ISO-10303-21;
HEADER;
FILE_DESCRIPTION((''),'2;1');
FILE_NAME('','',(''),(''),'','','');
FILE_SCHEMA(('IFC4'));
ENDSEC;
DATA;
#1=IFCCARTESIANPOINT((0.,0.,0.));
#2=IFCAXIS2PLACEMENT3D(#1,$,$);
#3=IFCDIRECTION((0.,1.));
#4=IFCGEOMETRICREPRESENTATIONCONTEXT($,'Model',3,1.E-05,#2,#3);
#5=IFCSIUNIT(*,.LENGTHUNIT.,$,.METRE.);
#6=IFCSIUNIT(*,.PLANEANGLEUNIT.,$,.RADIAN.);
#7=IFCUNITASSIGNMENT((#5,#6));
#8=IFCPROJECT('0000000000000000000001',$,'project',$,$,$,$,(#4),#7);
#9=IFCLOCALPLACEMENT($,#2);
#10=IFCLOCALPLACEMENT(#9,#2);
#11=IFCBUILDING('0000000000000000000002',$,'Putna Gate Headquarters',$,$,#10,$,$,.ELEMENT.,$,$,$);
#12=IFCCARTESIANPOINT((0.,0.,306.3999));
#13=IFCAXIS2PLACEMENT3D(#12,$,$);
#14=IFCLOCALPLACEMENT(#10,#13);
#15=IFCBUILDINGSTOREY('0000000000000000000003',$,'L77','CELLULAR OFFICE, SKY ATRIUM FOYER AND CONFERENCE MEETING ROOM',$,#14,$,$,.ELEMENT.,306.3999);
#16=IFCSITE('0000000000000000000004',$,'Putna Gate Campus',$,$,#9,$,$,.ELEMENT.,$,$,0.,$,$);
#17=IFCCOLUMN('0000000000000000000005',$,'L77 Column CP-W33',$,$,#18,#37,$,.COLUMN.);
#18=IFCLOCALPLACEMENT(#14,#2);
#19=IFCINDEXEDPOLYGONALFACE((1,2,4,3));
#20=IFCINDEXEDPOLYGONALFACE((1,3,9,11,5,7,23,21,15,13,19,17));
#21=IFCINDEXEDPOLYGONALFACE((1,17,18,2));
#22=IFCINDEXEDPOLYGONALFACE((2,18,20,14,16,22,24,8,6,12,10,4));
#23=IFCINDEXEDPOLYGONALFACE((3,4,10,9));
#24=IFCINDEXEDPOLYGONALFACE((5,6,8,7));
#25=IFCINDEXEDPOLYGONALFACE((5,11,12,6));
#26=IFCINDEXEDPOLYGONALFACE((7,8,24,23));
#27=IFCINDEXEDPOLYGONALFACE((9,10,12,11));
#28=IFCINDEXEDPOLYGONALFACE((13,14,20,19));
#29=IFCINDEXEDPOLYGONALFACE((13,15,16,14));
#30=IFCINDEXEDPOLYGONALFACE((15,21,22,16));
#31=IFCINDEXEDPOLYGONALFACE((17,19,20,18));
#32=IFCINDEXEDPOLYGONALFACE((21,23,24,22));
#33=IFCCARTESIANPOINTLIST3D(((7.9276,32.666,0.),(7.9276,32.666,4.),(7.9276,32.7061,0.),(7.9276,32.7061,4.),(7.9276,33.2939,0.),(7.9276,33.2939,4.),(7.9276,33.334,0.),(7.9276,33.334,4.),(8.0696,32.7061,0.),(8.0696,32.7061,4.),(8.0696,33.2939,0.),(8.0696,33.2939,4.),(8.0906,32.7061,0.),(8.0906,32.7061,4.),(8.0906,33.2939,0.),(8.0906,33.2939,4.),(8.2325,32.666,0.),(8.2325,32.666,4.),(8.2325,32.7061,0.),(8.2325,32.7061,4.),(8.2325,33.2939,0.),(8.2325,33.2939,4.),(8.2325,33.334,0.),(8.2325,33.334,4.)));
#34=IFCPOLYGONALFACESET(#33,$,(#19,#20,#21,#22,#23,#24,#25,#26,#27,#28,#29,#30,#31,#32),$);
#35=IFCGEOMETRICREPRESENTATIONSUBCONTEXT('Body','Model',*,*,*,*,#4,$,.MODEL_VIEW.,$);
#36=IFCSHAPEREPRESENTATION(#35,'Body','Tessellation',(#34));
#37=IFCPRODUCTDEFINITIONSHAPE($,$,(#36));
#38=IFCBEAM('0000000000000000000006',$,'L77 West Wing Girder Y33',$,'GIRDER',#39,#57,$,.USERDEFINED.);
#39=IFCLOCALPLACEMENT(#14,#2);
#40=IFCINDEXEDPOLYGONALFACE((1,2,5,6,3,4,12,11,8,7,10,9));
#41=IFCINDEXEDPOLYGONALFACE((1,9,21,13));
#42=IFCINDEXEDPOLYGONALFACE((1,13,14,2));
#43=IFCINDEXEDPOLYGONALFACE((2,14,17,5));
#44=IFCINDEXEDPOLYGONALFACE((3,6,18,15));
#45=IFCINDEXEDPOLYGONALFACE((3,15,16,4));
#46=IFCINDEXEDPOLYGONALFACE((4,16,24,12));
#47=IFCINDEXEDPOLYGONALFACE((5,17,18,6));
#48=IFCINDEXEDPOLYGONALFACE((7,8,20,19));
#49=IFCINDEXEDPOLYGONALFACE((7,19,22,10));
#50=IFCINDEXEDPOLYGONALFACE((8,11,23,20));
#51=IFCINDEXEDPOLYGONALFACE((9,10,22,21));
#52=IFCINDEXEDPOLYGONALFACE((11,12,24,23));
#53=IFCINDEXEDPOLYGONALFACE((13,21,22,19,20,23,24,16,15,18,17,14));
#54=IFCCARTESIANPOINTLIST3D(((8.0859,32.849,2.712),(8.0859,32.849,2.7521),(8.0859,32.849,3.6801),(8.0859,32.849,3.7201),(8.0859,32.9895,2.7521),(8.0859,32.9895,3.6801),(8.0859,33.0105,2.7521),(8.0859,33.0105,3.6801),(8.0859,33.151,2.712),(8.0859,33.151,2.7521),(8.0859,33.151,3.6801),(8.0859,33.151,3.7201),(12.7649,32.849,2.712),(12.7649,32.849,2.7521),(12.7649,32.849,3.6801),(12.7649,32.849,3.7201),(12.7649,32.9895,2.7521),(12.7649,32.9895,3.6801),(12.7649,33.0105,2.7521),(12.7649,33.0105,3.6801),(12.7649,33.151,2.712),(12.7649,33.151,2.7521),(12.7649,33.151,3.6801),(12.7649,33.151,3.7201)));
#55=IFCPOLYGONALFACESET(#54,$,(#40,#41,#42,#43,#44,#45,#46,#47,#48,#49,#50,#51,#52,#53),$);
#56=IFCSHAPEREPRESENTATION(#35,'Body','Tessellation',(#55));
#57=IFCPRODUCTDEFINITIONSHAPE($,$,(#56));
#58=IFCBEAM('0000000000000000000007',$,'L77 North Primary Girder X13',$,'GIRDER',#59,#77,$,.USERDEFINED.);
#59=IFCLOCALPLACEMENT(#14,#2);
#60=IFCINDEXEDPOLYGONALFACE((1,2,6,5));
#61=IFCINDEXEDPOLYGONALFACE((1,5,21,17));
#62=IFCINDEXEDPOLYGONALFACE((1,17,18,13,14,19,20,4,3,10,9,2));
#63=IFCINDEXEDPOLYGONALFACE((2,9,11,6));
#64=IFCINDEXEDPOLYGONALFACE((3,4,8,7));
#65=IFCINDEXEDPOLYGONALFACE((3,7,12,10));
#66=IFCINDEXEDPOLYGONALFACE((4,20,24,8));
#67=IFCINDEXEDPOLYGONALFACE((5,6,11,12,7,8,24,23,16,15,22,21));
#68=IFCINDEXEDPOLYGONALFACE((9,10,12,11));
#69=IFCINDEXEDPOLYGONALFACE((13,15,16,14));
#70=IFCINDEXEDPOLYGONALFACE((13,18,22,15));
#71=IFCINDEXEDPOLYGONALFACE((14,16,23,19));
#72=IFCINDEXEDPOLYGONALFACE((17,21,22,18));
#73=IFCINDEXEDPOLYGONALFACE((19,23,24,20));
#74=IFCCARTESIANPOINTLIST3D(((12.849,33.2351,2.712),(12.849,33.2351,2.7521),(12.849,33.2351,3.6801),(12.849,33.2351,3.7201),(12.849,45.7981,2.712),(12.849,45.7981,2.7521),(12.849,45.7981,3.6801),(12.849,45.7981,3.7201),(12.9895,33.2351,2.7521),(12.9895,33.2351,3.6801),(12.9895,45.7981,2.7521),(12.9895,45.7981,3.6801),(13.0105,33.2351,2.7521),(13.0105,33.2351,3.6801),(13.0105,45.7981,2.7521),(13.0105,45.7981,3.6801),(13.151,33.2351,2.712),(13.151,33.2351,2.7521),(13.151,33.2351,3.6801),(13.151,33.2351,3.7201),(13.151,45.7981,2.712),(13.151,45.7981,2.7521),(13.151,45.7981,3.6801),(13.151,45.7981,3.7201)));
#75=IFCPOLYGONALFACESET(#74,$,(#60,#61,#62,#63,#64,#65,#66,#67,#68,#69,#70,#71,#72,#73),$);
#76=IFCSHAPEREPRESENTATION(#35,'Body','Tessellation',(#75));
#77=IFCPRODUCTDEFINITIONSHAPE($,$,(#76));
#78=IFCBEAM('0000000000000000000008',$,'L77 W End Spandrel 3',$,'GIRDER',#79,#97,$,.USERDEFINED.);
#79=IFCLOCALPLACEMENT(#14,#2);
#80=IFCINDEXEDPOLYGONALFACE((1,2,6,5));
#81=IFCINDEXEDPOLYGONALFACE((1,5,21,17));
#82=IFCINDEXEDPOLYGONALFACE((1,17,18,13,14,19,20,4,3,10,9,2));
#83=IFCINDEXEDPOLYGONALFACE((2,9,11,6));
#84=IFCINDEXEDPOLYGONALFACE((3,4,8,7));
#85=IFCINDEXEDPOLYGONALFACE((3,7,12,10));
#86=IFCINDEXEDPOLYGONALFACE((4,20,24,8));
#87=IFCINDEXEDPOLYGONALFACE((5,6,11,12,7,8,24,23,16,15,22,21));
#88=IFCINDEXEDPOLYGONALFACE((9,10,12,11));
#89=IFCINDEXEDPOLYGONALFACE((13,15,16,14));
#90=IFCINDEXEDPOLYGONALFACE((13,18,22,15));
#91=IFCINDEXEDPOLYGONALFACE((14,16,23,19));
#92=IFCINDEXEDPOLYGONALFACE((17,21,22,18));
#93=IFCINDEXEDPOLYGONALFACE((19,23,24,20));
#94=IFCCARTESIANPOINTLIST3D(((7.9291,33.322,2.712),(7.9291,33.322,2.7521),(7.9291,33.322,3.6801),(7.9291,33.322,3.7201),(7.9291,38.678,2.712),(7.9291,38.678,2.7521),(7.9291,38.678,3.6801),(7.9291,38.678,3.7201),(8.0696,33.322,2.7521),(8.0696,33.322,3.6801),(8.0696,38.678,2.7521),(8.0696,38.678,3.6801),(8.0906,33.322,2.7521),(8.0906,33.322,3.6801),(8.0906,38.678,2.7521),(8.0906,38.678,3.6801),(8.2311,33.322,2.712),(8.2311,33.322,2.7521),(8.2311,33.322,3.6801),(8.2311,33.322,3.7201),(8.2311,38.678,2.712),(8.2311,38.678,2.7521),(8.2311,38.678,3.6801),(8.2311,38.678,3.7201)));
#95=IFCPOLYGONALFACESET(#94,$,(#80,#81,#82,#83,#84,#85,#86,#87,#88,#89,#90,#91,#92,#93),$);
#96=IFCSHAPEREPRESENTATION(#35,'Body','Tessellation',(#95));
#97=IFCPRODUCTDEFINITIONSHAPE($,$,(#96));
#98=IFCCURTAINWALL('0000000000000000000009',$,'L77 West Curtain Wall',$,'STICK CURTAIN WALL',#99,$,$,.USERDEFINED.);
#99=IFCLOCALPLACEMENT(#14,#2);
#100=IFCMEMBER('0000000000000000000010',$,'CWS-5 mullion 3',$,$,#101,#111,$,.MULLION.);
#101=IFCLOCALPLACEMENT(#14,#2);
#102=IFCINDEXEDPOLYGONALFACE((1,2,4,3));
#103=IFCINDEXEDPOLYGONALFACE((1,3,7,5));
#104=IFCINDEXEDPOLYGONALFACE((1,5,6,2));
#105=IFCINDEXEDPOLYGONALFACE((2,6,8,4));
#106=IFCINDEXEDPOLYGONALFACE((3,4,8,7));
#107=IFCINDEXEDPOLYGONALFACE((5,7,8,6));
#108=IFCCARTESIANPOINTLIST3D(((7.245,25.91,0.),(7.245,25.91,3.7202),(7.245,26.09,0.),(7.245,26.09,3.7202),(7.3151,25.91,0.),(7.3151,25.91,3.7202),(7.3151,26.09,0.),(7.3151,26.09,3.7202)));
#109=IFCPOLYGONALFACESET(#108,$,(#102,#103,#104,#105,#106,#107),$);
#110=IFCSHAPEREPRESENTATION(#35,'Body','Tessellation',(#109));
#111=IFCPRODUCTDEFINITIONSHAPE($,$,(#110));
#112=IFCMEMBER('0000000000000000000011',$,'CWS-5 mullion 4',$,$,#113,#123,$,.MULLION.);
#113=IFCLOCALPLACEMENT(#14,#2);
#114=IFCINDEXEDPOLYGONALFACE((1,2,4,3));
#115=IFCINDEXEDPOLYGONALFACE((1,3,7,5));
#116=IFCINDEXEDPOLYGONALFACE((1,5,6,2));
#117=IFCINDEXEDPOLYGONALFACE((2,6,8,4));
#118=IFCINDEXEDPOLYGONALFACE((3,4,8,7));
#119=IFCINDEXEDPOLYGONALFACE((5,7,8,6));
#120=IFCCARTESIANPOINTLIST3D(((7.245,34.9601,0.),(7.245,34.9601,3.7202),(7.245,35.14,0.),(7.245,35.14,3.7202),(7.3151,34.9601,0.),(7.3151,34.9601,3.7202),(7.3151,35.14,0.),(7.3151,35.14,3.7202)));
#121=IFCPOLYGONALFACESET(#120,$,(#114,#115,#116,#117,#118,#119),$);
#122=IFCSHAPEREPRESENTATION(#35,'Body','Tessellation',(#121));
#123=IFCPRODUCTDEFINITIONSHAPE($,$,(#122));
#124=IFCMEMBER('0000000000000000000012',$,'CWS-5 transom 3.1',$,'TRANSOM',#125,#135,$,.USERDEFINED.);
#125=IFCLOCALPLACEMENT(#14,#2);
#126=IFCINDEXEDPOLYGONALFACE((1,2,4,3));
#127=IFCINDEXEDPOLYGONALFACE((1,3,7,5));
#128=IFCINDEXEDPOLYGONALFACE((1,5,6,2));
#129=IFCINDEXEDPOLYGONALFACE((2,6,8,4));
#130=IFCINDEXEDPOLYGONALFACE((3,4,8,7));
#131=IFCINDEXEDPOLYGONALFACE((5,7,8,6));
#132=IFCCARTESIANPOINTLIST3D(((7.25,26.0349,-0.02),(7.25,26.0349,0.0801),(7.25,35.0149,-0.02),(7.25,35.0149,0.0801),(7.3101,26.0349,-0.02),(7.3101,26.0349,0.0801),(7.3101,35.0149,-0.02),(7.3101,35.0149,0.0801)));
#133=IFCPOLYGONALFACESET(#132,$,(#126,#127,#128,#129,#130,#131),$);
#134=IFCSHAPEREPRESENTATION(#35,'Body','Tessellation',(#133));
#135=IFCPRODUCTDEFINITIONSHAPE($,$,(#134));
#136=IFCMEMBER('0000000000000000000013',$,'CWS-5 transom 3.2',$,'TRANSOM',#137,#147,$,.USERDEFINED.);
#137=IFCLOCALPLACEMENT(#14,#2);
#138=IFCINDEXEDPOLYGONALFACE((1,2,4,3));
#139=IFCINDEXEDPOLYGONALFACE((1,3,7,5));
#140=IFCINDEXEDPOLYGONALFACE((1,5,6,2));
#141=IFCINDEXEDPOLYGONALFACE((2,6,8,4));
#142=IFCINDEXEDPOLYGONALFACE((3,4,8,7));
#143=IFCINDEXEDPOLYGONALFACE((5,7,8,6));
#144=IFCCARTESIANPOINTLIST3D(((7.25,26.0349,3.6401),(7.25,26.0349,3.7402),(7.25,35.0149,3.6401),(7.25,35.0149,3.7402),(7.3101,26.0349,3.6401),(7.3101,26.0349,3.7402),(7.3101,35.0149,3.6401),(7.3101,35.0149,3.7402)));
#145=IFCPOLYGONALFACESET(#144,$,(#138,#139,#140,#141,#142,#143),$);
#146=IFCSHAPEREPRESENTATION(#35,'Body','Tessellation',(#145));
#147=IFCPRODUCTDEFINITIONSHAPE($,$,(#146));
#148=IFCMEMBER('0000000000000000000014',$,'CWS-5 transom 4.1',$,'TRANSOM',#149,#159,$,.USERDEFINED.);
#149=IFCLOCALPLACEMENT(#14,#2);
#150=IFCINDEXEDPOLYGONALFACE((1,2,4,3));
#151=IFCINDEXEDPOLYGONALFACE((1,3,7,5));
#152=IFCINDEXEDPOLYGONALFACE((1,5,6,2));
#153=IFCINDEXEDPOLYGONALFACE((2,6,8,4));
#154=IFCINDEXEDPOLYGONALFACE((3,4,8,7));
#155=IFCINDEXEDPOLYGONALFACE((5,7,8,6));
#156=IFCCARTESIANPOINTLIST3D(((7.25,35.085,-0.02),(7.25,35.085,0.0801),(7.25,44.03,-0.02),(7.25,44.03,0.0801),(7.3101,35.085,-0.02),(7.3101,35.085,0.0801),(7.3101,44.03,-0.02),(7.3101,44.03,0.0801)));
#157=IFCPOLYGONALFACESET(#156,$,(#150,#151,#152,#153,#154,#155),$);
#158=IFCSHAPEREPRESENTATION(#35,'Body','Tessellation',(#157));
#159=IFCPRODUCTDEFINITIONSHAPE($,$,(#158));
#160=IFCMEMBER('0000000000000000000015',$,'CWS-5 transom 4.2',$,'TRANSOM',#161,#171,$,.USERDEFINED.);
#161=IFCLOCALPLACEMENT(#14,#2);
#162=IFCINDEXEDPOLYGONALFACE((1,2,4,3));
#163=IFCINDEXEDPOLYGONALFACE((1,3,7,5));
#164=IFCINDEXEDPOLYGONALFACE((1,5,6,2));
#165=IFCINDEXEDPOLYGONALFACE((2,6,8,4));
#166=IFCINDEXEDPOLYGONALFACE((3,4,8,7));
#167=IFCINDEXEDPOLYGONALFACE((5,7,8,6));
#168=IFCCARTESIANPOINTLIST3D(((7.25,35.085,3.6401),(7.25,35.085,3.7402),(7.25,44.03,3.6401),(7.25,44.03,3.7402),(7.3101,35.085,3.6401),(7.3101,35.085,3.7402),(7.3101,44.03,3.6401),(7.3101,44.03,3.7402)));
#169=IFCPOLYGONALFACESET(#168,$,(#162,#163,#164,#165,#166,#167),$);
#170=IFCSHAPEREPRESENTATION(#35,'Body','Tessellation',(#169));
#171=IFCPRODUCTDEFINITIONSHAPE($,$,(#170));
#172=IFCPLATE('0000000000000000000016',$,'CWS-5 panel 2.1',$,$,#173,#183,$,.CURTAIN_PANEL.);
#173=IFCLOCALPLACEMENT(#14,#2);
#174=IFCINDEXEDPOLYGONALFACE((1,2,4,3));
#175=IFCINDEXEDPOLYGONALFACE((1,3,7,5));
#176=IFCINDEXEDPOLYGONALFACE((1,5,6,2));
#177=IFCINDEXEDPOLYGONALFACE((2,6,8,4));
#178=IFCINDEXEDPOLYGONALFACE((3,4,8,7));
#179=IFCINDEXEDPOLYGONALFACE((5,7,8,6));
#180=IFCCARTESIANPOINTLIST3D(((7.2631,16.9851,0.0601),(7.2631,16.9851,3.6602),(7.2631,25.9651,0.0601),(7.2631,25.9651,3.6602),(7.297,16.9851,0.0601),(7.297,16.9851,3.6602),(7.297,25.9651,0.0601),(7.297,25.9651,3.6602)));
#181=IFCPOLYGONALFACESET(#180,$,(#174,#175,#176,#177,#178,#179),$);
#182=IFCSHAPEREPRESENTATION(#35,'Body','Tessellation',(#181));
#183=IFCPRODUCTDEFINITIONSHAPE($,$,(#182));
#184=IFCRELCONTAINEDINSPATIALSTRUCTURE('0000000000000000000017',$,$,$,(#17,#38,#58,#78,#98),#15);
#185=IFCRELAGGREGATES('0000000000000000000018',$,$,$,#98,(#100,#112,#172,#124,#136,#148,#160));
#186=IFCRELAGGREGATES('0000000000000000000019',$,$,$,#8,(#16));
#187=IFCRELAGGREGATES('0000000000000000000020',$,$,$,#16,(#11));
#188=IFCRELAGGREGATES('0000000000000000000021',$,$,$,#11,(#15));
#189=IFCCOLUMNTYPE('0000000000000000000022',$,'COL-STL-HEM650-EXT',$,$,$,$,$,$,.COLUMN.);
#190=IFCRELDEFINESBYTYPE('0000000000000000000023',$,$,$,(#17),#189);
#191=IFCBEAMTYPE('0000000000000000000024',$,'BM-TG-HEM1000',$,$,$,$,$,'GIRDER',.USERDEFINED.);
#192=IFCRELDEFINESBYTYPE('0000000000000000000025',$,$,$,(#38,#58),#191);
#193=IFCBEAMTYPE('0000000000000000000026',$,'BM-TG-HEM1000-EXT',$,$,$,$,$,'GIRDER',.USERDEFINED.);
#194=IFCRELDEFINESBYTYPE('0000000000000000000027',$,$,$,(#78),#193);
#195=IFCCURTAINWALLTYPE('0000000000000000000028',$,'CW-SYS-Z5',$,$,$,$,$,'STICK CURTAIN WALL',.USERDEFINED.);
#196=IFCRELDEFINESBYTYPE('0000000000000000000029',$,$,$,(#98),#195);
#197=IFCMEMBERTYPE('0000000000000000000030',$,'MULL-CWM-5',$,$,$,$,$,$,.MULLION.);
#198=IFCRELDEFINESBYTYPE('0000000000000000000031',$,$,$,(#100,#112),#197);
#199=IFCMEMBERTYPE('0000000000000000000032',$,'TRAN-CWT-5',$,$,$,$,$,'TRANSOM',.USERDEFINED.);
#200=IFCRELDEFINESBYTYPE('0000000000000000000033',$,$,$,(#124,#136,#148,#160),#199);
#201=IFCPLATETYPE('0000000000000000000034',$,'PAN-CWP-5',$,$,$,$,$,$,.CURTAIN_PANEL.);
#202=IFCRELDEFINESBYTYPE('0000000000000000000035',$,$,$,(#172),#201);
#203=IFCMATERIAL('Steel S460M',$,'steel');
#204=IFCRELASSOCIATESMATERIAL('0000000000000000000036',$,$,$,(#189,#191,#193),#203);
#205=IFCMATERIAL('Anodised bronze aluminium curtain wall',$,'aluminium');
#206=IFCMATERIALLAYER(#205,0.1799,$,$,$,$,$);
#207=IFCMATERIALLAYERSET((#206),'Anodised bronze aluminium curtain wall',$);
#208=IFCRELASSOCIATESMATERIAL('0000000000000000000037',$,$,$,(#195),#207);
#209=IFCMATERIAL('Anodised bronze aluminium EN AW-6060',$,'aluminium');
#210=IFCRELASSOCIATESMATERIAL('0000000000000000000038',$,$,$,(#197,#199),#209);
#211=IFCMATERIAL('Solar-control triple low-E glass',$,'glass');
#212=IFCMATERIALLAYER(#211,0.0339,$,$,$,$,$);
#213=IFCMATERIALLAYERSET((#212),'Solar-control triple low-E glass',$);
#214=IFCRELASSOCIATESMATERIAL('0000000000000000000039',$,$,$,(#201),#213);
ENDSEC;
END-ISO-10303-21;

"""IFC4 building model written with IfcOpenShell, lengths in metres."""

from ifc_helpers import new_model, si_unit, direction, frame, origin, origin_2d, place, context, subcontext, project, spatial, rectangle, i_section, extrude, material, layer, layer_set, material_profile, profile_set, type_object, element, aggregate, save


model = new_model("IFC4")

# Units and contexts
model_context = context("Model", 3, precision=1e-05, world=origin(), true_north=direction((0.0, 1.0)))
body_context = subcontext(model_context, "Body", "Model", "MODEL_VIEW")
ifc_project = project(units=[si_unit("LENGTHUNIT", "METRE"), si_unit("PLANEANGLEUNIT", "RADIAN")], contexts=[model_context])

# Site, building, storey
site_placement = place(None, origin())
site = spatial("IfcSite", under=ifc_project, at=site_placement, Name="Putna Gate Campus", CompositionType="ELEMENT", RefElevation=0.0)
building_placement = place(site_placement, origin())
building = spatial("IfcBuilding", under=site, at=building_placement, Name="Putna Gate Headquarters", CompositionType="ELEMENT")
storey_placement = place(building_placement, frame((0.0, 0.0, 306.3999)))
storey = spatial("IfcBuildingStorey", under=building, at=storey_placement, Name="L77", Description="CELLULAR OFFICE, SKY ATRIUM FOYER AND CONFERENCE MEETING ROOM", CompositionType="ELEMENT", Elevation=306.3999)

# Column
ifc_material_1 = material(Name="Steel S460M", Category="steel")
ifc_material_profile_1 = material_profile(ifc_material_1, i_section(OverallWidth=0.3049, OverallDepth=0.668, WebThickness=0.021, FlangeThickness=0.04, at=origin_2d()), Name="Steel S460M")
ifc_profile_set_1 = profile_set([ifc_material_profile_1], Name="Steel S460M")
column_type = type_object("IfcColumnType", Name="COL-STL-HEM650-EXT", PredefinedType="COLUMN", material=ifc_profile_set_1)
column_placement = place(storey_placement, frame((8.0801, 33.0, 0.0), z_axis=(0.0, 0.0, 1.0), x_axis=(1.0, 0.0, 0.0)))
element("IfcColumn", 1, at=column_placement, inside=storey, type_object=column_type, Name="L77 Column CP-W33", PredefinedType="COLUMN", context=body_context, shape_type="SweptSolid", body=[
    extrude(i_section(OverallWidth=0.3049, OverallDepth=0.668, WebThickness=0.021, FlangeThickness=0.04, at=origin_2d()), origin(), (0.0, 0.0, 1.0), 4.0),
])

# Beams
ifc_material_profile_2 = material_profile(ifc_material_1, i_section(OverallWidth=0.302, OverallDepth=1.0081, WebThickness=0.021, FlangeThickness=0.04, at=origin_2d()), Name="Steel S460M")
ifc_profile_set_2 = profile_set([ifc_material_profile_2], Name="Steel S460M")
beam_type_1 = type_object("IfcBeamType", Name="BM-TG-HEM1000", ElementType="GIRDER", PredefinedType="USERDEFINED", material=ifc_profile_set_2)
beam_1_placement = place(storey_placement, frame((8.0859, 33.0, 3.2161), z_axis=(1.0, 0.0, 0.0), x_axis=(0.0, 1.0, 0.0)))
element("IfcBeam", 2, at=beam_1_placement, inside=storey, type_object=beam_type_1, Name="L77 West Wing Girder Y33", ObjectType="GIRDER", PredefinedType="USERDEFINED", context=body_context, shape_type="SweptSolid", body=[
    extrude(i_section(OverallWidth=0.302, OverallDepth=1.0081, WebThickness=0.021, FlangeThickness=0.04, at=origin_2d()), origin(), (0.0, 0.0, 1.0), 4.679),
])
beam_2_placement = place(storey_placement, frame((13.0, 33.2351, 3.2161), z_axis=(0.0, 1.0, 0.0), x_axis=(-1.0, 0.0, 0.0)))
element("IfcBeam", 3, at=beam_2_placement, inside=storey, type_object=beam_type_1, Name="L77 North Primary Girder X13", ObjectType="GIRDER", PredefinedType="USERDEFINED", context=body_context, shape_type="SweptSolid", body=[
    extrude(i_section(OverallWidth=0.302, OverallDepth=1.0081, WebThickness=0.021, FlangeThickness=0.04, at=origin_2d()), origin(), (0.0, 0.0, 1.0), 12.563),
])
ifc_material_profile_3 = material_profile(ifc_material_1, i_section(OverallWidth=0.302, OverallDepth=1.0081, WebThickness=0.021, FlangeThickness=0.04, at=origin_2d()), Name="Steel S460M")
ifc_profile_set_3 = profile_set([ifc_material_profile_3], Name="Steel S460M")
beam_type_2 = type_object("IfcBeamType", Name="BM-TG-HEM1000-EXT", ElementType="GIRDER", PredefinedType="USERDEFINED", material=ifc_profile_set_3)
beam_3_placement = place(storey_placement, frame((8.0801, 33.322, 3.2161), z_axis=(0.0, 1.0, 0.0), x_axis=(-1.0, 0.0, 0.0)))
element("IfcBeam", 4, at=beam_3_placement, inside=storey, type_object=beam_type_2, Name="L77 W End Spandrel 3", ObjectType="GIRDER", PredefinedType="USERDEFINED", context=body_context, shape_type="SweptSolid", body=[
    extrude(i_section(OverallWidth=0.302, OverallDepth=1.0081, WebThickness=0.021, FlangeThickness=0.04, at=origin_2d()), origin(), (0.0, 0.0, 1.0), 5.356),
])

# Curtain wall, members, plate
ifc_material_2 = material(Name="Anodised bronze aluminium curtain wall", Category="aluminium")
ifc_layer_1 = layer(ifc_material_2, 0.1799)
ifc_layer_set_1 = layer_set([ifc_layer_1], Name="Anodised bronze aluminium curtain wall")
curtain_wall_type = type_object("IfcCurtainWallType", Name="CW-SYS-Z5", ElementType="STICK CURTAIN WALL", PredefinedType="USERDEFINED", material=ifc_layer_set_1)
curtain_wall_placement = place(storey_placement, origin())
curtain_wall = element("IfcCurtainWall", 5, at=curtain_wall_placement, inside=storey, type_object=curtain_wall_type, Name="L77 West Curtain Wall", ObjectType="STICK CURTAIN WALL", PredefinedType="USERDEFINED")
ifc_material_3 = material(Name="Anodised bronze aluminium EN AW-6060", Category="aluminium")
ifc_material_profile_4 = material_profile(ifc_material_3, rectangle(XDim=0.0701, YDim=0.1799, at=origin_2d()), Name="Anodised bronze aluminium EN AW-6060")
ifc_profile_set_4 = profile_set([ifc_material_profile_4], Name="Anodised bronze aluminium EN AW-6060")
member_type_1 = type_object("IfcMemberType", Name="MULL-CWM-5", PredefinedType="MULLION", material=ifc_profile_set_4)
member_1_placement = place(storey_placement, frame((7.28, 26.0, 0.0), z_axis=(0.0, 0.0, 1.0), x_axis=(-1.0, 0.0, 0.0)))
member_1 = element("IfcMember", 6, at=member_1_placement, type_object=member_type_1, Name="CWS-5 mullion 3", PredefinedType="MULLION", context=body_context, shape_type="SweptSolid", body=[
    extrude(rectangle(XDim=0.0701, YDim=0.1799, at=origin_2d()), origin(), (0.0, 0.0, 1.0), 3.7202),
])
member_2_placement = place(storey_placement, frame((7.28, 35.05, 0.0), z_axis=(0.0, 0.0, 1.0), x_axis=(-1.0, 0.0, 0.0)))
member_2 = element("IfcMember", 7, at=member_2_placement, type_object=member_type_1, Name="CWS-5 mullion 4", PredefinedType="MULLION", context=body_context, shape_type="SweptSolid", body=[
    extrude(rectangle(XDim=0.0701, YDim=0.1799, at=origin_2d()), origin(), (0.0, 0.0, 1.0), 3.7202),
])
ifc_material_profile_5 = material_profile(ifc_material_3, rectangle(XDim=0.0601, YDim=0.1001, at=origin_2d()), Name="Anodised bronze aluminium EN AW-6060")
ifc_profile_set_5 = profile_set([ifc_material_profile_5], Name="Anodised bronze aluminium EN AW-6060")
member_type_2 = type_object("IfcMemberType", Name="TRAN-CWT-5", ElementType="TRANSOM", PredefinedType="USERDEFINED", material=ifc_profile_set_5)
member_3_placement = place(storey_placement, frame((7.28, 26.0349, 0.03), z_axis=(0.0, 1.0, 0.0), x_axis=(-1.0, 0.0, 0.0)))
member_3 = element("IfcMember", 8, at=member_3_placement, type_object=member_type_2, Name="CWS-5 transom 3.1", ObjectType="TRANSOM", PredefinedType="USERDEFINED", context=body_context, shape_type="SweptSolid", body=[
    extrude(rectangle(XDim=0.0601, YDim=0.1001, at=origin_2d()), origin(), (0.0, 0.0, 1.0), 8.98),
])
member_4_placement = place(storey_placement, frame((7.28, 26.0349, 3.6902), z_axis=(0.0, 1.0, 0.0), x_axis=(-1.0, 0.0, 0.0)))
member_4 = element("IfcMember", 9, at=member_4_placement, type_object=member_type_2, Name="CWS-5 transom 3.2", ObjectType="TRANSOM", PredefinedType="USERDEFINED", context=body_context, shape_type="SweptSolid", body=[
    extrude(rectangle(XDim=0.0601, YDim=0.1001, at=origin_2d()), origin(), (0.0, 0.0, 1.0), 8.98),
])
member_5_placement = place(storey_placement, frame((7.28, 35.085, 0.03), z_axis=(0.0, 1.0, 0.0), x_axis=(-1.0, 0.0, 0.0)))
member_5 = element("IfcMember", 10, at=member_5_placement, type_object=member_type_2, Name="CWS-5 transom 4.1", ObjectType="TRANSOM", PredefinedType="USERDEFINED", context=body_context, shape_type="SweptSolid", body=[
    extrude(rectangle(XDim=0.0601, YDim=0.1001, at=origin_2d()), origin(), (0.0, 0.0, 1.0), 8.9451),
])
member_6_placement = place(storey_placement, frame((7.28, 35.085, 3.6902), z_axis=(0.0, 1.0, 0.0), x_axis=(-1.0, 0.0, 0.0)))
member_6 = element("IfcMember", 11, at=member_6_placement, type_object=member_type_2, Name="CWS-5 transom 4.2", ObjectType="TRANSOM", PredefinedType="USERDEFINED", context=body_context, shape_type="SweptSolid", body=[
    extrude(rectangle(XDim=0.0601, YDim=0.1001, at=origin_2d()), origin(), (0.0, 0.0, 1.0), 8.9451),
])
ifc_material_4 = material(Name="Solar-control triple low-E glass", Category="glass")
ifc_layer_2 = layer(ifc_material_4, 0.0339)
ifc_layer_set_2 = layer_set([ifc_layer_2], Name="Solar-control triple low-E glass")
plate_type = type_object("IfcPlateType", Name="PAN-CWP-5", PredefinedType="CURTAIN_PANEL", material=ifc_layer_set_2)
plate_1_placement = place(storey_placement, frame((7.28, 21.4751, 0.0601), z_axis=(0.0, 0.0, 1.0), x_axis=(0.0, 1.0, 0.0)))
plate_1 = element("IfcPlate", 12, at=plate_1_placement, type_object=plate_type, Name="CWS-5 panel 2.1", PredefinedType="CURTAIN_PANEL", context=body_context, shape_type="SweptSolid", body=[
    extrude(rectangle(XDim=8.98, YDim=0.0339, at=origin_2d()), origin(), (0.0, 0.0, 1.0), 3.6001),
])
aggregate(curtain_wall, [member_1, member_2, plate_1, member_3, member_4, member_5, member_6])

save(model, "model.ifc")
